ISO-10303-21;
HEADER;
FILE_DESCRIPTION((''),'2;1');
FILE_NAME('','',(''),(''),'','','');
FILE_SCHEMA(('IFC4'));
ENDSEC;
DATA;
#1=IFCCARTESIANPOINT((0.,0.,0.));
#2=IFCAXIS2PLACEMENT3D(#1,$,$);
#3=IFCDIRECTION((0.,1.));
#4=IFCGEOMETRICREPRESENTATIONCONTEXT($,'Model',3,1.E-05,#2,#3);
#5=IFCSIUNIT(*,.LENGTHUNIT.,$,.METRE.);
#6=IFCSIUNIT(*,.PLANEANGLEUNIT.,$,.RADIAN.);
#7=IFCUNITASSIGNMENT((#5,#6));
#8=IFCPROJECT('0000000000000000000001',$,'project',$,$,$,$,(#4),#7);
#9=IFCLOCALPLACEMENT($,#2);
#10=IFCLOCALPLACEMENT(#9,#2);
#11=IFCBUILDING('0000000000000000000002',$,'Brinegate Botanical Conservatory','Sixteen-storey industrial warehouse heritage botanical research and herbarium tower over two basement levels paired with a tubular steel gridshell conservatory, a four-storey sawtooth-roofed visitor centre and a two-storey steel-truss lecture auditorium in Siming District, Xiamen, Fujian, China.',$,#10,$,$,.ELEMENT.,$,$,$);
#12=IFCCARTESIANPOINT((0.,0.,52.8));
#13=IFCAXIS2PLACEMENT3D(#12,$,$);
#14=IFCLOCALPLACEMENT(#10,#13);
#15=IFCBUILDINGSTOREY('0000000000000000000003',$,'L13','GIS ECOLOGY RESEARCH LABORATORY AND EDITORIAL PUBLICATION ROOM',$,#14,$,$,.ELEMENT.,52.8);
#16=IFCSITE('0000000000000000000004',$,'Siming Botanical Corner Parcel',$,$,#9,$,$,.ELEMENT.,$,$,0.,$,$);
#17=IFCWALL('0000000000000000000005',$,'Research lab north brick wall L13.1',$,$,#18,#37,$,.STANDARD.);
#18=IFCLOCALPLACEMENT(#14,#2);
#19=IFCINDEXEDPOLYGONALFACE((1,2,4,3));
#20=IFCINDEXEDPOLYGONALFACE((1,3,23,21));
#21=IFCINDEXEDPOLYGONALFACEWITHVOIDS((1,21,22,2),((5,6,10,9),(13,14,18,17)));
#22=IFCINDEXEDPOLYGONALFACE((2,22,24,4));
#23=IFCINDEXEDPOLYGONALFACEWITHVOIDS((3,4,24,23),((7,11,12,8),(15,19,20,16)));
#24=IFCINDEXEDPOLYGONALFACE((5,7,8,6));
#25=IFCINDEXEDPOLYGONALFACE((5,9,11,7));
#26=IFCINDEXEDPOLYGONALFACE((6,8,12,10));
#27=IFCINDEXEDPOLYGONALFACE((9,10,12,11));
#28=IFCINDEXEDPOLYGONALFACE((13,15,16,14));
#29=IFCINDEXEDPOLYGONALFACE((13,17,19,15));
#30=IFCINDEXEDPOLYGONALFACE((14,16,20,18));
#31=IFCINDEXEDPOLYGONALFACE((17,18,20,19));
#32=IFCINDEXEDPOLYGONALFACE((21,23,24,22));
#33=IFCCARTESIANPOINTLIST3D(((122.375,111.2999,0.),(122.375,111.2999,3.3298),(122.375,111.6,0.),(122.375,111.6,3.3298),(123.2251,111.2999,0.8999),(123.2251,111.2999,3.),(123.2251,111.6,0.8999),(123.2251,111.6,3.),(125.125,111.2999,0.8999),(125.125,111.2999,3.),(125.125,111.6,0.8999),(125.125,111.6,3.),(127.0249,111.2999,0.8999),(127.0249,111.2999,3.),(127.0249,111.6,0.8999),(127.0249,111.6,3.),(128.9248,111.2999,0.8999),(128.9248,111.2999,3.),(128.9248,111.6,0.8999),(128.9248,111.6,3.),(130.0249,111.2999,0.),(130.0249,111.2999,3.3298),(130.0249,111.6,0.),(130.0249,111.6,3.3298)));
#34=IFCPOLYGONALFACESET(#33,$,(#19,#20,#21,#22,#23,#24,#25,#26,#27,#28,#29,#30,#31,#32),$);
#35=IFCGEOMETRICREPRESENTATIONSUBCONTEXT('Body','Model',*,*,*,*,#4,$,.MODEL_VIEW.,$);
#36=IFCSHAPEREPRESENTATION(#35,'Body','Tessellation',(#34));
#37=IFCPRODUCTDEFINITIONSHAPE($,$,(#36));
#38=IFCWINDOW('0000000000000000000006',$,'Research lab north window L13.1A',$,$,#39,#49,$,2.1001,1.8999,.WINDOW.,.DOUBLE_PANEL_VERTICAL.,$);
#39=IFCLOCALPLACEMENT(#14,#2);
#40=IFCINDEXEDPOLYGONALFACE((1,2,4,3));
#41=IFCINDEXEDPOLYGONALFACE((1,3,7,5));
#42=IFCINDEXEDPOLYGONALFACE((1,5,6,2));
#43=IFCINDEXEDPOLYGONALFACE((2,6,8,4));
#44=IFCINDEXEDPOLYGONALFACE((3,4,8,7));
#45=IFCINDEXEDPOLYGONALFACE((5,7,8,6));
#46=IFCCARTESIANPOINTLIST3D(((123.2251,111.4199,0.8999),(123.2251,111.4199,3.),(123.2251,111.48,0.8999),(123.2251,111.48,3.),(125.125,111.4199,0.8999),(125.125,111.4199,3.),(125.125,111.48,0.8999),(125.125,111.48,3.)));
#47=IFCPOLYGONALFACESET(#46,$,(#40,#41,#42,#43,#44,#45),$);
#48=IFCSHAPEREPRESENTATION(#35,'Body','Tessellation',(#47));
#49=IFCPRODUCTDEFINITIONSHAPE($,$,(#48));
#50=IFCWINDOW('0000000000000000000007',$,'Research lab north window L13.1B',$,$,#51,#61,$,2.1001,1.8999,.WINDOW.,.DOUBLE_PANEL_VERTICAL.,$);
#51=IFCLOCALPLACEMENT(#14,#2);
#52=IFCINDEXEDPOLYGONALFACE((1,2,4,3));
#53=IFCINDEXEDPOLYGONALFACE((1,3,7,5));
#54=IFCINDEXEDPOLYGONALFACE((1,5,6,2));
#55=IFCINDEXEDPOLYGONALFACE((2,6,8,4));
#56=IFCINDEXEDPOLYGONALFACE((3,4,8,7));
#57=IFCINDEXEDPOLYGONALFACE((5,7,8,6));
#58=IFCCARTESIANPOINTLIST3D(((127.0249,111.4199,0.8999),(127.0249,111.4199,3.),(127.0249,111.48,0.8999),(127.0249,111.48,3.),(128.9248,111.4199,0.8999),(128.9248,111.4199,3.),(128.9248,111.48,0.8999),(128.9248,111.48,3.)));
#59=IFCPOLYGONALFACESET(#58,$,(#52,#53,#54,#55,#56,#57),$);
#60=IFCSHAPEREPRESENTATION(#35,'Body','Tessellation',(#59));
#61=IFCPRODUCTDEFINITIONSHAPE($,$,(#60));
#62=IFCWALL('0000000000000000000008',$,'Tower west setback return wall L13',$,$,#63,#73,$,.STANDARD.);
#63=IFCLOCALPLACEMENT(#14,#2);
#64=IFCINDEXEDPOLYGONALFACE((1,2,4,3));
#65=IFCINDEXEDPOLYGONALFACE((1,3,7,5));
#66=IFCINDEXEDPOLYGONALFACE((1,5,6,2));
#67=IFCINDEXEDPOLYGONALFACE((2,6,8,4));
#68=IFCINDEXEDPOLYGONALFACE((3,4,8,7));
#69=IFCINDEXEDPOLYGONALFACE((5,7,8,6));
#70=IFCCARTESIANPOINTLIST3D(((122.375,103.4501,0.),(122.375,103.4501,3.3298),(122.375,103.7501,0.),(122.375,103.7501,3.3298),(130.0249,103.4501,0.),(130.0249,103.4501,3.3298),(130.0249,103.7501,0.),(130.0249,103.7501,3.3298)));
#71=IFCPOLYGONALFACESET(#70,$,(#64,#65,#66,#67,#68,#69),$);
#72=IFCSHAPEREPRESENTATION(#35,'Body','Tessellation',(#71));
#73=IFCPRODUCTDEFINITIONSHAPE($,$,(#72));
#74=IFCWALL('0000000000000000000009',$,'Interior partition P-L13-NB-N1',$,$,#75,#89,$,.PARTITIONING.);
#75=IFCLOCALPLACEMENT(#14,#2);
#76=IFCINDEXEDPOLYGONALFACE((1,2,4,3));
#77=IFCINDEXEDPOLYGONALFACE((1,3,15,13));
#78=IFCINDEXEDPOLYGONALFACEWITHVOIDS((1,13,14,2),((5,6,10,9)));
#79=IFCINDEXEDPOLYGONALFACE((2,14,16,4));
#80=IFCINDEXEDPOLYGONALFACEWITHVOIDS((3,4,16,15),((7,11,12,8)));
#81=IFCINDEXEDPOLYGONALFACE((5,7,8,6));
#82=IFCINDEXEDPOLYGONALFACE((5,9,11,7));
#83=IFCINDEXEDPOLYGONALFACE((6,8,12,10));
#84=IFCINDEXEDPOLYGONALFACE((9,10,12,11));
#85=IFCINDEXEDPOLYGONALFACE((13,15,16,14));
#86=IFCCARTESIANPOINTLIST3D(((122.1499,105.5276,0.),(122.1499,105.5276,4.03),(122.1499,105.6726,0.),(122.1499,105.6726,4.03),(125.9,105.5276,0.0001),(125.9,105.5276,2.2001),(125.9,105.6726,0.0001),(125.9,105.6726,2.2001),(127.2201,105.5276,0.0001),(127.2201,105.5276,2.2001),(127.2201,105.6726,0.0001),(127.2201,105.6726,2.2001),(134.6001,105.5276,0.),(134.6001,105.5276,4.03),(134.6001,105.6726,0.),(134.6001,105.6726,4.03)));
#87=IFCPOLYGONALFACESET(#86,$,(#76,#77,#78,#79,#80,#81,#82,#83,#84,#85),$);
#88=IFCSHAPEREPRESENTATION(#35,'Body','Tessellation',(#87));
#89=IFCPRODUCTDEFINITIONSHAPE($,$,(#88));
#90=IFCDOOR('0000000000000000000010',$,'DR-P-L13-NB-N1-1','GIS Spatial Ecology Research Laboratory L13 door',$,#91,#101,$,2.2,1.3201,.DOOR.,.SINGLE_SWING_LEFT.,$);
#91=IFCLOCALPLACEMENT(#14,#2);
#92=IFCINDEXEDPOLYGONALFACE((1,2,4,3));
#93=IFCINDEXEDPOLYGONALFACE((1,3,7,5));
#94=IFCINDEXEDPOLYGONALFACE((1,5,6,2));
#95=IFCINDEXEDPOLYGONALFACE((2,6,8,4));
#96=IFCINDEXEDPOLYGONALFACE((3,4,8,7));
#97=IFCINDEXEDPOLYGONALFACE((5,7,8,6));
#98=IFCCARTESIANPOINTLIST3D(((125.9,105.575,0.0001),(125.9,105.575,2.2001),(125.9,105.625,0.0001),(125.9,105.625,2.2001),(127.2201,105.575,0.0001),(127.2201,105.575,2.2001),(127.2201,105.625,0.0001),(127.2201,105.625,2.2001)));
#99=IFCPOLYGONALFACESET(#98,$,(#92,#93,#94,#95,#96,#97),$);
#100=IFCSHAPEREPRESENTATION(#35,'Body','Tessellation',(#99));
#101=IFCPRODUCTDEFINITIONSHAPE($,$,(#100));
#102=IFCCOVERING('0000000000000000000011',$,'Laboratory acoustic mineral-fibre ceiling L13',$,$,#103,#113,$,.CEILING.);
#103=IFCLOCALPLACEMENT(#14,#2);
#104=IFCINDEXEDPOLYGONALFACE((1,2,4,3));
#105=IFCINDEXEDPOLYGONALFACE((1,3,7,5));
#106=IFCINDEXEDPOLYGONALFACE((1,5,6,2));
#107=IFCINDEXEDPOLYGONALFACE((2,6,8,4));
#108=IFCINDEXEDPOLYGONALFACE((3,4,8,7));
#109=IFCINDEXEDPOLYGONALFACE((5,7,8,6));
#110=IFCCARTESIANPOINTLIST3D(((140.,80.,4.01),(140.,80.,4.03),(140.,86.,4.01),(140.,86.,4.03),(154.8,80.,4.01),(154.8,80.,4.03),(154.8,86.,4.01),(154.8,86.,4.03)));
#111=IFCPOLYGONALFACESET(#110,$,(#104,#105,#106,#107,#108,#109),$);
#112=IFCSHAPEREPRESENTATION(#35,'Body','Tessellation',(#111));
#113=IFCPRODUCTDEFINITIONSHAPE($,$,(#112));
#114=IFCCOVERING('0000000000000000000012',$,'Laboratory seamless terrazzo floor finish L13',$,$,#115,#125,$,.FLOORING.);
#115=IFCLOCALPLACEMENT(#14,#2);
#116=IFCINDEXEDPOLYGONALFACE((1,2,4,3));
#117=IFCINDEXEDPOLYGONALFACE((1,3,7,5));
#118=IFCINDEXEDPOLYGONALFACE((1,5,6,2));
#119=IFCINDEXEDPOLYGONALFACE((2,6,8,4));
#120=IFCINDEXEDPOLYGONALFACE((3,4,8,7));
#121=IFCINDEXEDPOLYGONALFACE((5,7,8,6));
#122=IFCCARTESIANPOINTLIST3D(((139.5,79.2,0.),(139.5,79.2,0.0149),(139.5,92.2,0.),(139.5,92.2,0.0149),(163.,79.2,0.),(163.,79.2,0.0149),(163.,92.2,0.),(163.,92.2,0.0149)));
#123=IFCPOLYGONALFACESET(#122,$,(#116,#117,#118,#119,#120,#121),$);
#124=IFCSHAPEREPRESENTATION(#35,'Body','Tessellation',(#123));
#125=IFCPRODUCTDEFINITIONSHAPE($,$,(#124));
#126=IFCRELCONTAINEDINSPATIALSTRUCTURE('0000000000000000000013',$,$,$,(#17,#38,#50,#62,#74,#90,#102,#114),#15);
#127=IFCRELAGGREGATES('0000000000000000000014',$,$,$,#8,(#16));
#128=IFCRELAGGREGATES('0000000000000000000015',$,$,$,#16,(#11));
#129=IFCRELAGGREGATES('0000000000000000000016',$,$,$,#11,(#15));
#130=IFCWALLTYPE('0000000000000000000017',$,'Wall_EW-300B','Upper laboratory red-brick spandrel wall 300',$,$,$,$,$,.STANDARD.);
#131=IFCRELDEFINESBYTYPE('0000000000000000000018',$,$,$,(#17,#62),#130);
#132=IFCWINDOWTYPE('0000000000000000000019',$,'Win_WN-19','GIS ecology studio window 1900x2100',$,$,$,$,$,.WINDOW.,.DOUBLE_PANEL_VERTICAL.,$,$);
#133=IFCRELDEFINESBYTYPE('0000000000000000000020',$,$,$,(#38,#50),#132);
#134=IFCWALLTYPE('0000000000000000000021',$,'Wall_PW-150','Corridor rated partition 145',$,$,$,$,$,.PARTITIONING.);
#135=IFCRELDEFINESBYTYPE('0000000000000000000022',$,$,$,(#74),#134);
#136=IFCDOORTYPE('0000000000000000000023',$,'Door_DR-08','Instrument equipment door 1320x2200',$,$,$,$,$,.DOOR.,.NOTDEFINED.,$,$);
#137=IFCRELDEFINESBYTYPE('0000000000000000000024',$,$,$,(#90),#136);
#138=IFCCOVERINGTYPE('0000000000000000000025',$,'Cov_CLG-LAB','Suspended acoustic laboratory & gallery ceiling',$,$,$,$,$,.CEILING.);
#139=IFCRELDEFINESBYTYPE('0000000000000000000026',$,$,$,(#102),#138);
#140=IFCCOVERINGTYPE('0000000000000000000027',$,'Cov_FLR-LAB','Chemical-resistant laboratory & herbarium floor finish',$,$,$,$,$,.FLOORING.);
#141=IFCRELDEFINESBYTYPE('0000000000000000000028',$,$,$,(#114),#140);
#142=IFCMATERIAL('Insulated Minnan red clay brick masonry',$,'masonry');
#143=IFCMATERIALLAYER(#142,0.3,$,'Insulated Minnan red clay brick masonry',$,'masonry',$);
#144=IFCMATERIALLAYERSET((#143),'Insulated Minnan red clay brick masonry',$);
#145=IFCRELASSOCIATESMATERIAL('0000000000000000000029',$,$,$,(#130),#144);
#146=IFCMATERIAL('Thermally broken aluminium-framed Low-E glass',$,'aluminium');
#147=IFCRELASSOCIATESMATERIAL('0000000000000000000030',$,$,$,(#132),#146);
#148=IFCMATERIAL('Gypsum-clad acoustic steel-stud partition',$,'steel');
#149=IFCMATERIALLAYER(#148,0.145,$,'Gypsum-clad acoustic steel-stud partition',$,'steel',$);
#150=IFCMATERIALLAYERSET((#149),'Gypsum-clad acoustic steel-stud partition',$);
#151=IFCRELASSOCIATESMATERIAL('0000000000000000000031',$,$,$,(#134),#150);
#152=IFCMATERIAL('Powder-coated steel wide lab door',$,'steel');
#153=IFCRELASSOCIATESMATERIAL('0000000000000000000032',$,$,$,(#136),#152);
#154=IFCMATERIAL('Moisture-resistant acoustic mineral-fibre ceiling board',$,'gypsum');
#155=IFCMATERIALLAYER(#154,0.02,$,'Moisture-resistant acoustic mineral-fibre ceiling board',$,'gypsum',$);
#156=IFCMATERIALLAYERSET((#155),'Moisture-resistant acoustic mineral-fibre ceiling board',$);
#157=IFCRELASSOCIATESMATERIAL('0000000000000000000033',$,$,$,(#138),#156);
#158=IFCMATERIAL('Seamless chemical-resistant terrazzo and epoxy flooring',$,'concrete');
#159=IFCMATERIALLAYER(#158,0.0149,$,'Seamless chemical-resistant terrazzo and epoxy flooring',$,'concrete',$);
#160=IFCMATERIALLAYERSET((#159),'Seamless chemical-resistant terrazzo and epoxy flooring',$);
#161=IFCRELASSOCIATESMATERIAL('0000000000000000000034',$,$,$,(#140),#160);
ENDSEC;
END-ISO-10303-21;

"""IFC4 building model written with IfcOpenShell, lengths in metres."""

from ifc_helpers import new_model, si_unit, direction, frame, frame_2d, origin, place, context, subcontext, project, spatial, polyline, rectangle, outline, extrude, material, layer, layer_set, type_object, element, fill, save


model = new_model("IFC4")

# Units and contexts
model_context = context("Model", 3, precision=1e-05, world=origin(), true_north=direction((0.0, 1.0)))
body_context = subcontext(model_context, "Body", "Model", "MODEL_VIEW")
ifc_project = project(units=[si_unit("LENGTHUNIT", "METRE"), si_unit("PLANEANGLEUNIT", "RADIAN")], contexts=[model_context])

# Site, building, storey
site_placement = place(None, origin())
site = spatial("IfcSite", under=ifc_project, at=site_placement, Name="Siming Botanical Corner Parcel", CompositionType="ELEMENT", RefElevation=0.0)
building_placement = place(site_placement, origin())
building = spatial("IfcBuilding", under=site, at=building_placement, Name="Brinegate Botanical Conservatory", Description="Sixteen-storey industrial warehouse heritage botanical research and herbarium tower over two basement levels paired with a tubular steel gridshell conservatory, a four-storey sawtooth-roofed visitor centre and a two-storey steel-truss lecture auditorium in Siming District, Xiamen, Fujian, China.", CompositionType="ELEMENT")
storey_placement = place(building_placement, frame((0.0, 0.0, 52.8)))
storey = spatial("IfcBuildingStorey", under=building, at=storey_placement, Name="L13", Description="GIS ECOLOGY RESEARCH LABORATORY AND EDITORIAL PUBLICATION ROOM", CompositionType="ELEMENT", Elevation=52.8)

# Wall, openings, windows
ifc_material_1 = material(Name="Insulated Minnan red clay brick masonry", Category="masonry")
ifc_layer_1 = layer(ifc_material_1, 0.3, Name="Insulated Minnan red clay brick masonry", Category="masonry")
ifc_layer_set_1 = layer_set([ifc_layer_1], Name="Insulated Minnan red clay brick masonry")
wall_type_1 = type_object("IfcWallType", Name="Wall_EW-300B", Description="Upper laboratory red-brick spandrel wall 300", PredefinedType="STANDARD", material=ifc_layer_set_1)
wall_1_placement = place(storey_placement, frame((122.375, 111.45, 0.0), z_axis=(0.0, 0.0, 1.0), x_axis=(1.0, 0.0, 0.0)))
wall_1 = element("IfcWall", 1, at=wall_1_placement, inside=storey, type_object=wall_type_1, Name="Research lab north brick wall L13.1", PredefinedType="STANDARD", context=body_context, shape_type="SweptSolid", body=[
    extrude(rectangle(XDim=7.6499, YDim=0.3, at=frame_2d((3.825, 0.0))), origin(), (0.0, 0.0, 1.0), 3.3298),
])
opening_1_placement = place(wall_1_placement, frame((0.8501, 0.0, 0.8999)))
opening_1 = element("IfcOpeningElement", 2, at=opening_1_placement, cuts=wall_1, PredefinedType="OPENING", context=body_context, shape_type="SweptSolid", body=[
    extrude(rectangle(XDim=1.8999, YDim=2.1001, at=frame_2d((0.95, 1.05))), frame((0.0, 0.1599, 0.0), z_axis=(0.0, -1.0, 0.0), x_axis=(1.0, 0.0, 0.0)), (0.0, 0.0, 1.0), 0.3201),
])
opening_2_placement = place(wall_1_placement, frame((4.6499, 0.0, 0.8999)))
opening_2 = element("IfcOpeningElement", 3, at=opening_2_placement, cuts=wall_1, PredefinedType="OPENING", context=body_context, shape_type="SweptSolid", body=[
    extrude(rectangle(XDim=1.8999, YDim=2.1001, at=frame_2d((0.95, 1.05))), frame((0.0, 0.1599, 0.0), z_axis=(0.0, -1.0, 0.0), x_axis=(1.0, 0.0, 0.0)), (0.0, 0.0, 1.0), 0.3201),
])
ifc_material_2 = material(Name="Thermally broken aluminium-framed Low-E glass", Category="aluminium")
window_type = type_object("IfcWindowType", Name="Win_WN-19", Description="GIS ecology studio window 1900x2100", PartitioningType="DOUBLE_PANEL_VERTICAL", PredefinedType="WINDOW", material=ifc_material_2)
window_1_placement = place(opening_1_placement, origin())
window_1 = element("IfcWindow", 4, at=window_1_placement, inside=storey, type_object=window_type, Name="Research lab north window L13.1A", OverallHeight=2.1001, OverallWidth=1.8999, PartitioningType="DOUBLE_PANEL_VERTICAL", PredefinedType="WINDOW", context=body_context, shape_type="SweptSolid", body=[
    extrude(rectangle(XDim=1.8999, YDim=2.1001, at=frame_2d((0.95, 1.05))), frame((0.0, 0.03, 0.0), z_axis=(0.0, -1.0, 0.0), x_axis=(1.0, 0.0, 0.0)), (0.0, 0.0, 1.0), 0.0601),
])
fill(opening_1, window_1)
window_2_placement = place(opening_2_placement, origin())
window_2 = element("IfcWindow", 5, at=window_2_placement, inside=storey, type_object=window_type, Name="Research lab north window L13.1B", OverallHeight=2.1001, OverallWidth=1.8999, PartitioningType="DOUBLE_PANEL_VERTICAL", PredefinedType="WINDOW", context=body_context, shape_type="SweptSolid", body=[
    extrude(rectangle(XDim=1.8999, YDim=2.1001, at=frame_2d((0.95, 1.05))), frame((0.0, 0.03, 0.0), z_axis=(0.0, -1.0, 0.0), x_axis=(1.0, 0.0, 0.0)), (0.0, 0.0, 1.0), 0.0601),
])
fill(opening_2, window_2)

# Wall
wall_2_placement = place(storey_placement, frame((130.0249, 103.6001, 0.0), z_axis=(0.0, 0.0, 1.0), x_axis=(-1.0, 0.0, 0.0)))
element("IfcWall", 6, at=wall_2_placement, inside=storey, type_object=wall_type_1, Name="Tower west setback return wall L13", PredefinedType="STANDARD", context=body_context, shape_type="SweptSolid", body=[
    extrude(rectangle(XDim=7.6499, YDim=0.3, at=frame_2d((3.825, 0.0))), origin(), (0.0, 0.0, 1.0), 3.3298),
])

# Wall, opening, door
ifc_material_3 = material(Name="Gypsum-clad acoustic steel-stud partition", Category="steel")
ifc_layer_2 = layer(ifc_material_3, 0.145, Name="Gypsum-clad acoustic steel-stud partition", Category="steel")
ifc_layer_set_2 = layer_set([ifc_layer_2], Name="Gypsum-clad acoustic steel-stud partition")
wall_type_2 = type_object("IfcWallType", Name="Wall_PW-150", Description="Corridor rated partition 145", PredefinedType="PARTITIONING", material=ifc_layer_set_2)
wall_3_placement = place(storey_placement, frame((122.1499, 105.6001, 0.0), z_axis=(0.0, 0.0, 1.0), x_axis=(1.0, 0.0, 0.0)))
wall_3 = element("IfcWall", 7, at=wall_3_placement, inside=storey, type_object=wall_type_2, Name="Interior partition P-L13-NB-N1", PredefinedType="PARTITIONING", context=body_context, shape_type="SweptSolid", body=[
    extrude(rectangle(XDim=12.4502, YDim=0.145, at=frame_2d((6.2251, 0.0))), origin(), (0.0, 0.0, 1.0), 4.03),
])
opening_3_placement = place(wall_3_placement, frame((3.75, 0.0, 0.0)))
opening_3 = element("IfcOpeningElement", 8, at=opening_3_placement, cuts=wall_3, PredefinedType="OPENING", context=body_context, shape_type="SweptSolid", body=[
    extrude(rectangle(XDim=1.3201, YDim=2.2, at=frame_2d((0.6602, 1.1001))), frame((0.0, 0.0825, 0.0), z_axis=(0.0, -1.0, 0.0), x_axis=(1.0, 0.0, 0.0)), (0.0, 0.0, 1.0), 0.165),
])
ifc_material_4 = material(Name="Powder-coated steel wide lab door", Category="steel")
door_type = type_object("IfcDoorType", Name="Door_DR-08", Description="Instrument equipment door 1320x2200", OperationType="NOTDEFINED", PredefinedType="DOOR", material=ifc_material_4)
door_placement = place(opening_3_placement, origin())
door = element("IfcDoor", 9, at=door_placement, inside=storey, type_object=door_type, Name="DR-P-L13-NB-N1-1", Description="GIS Spatial Ecology Research Laboratory L13 door", OperationType="SINGLE_SWING_LEFT", OverallHeight=2.2, OverallWidth=1.3201, PredefinedType="DOOR", context=body_context, shape_type="SweptSolid", body=[
    extrude(rectangle(XDim=1.3201, YDim=2.2, at=frame_2d((0.6602, 1.1001))), frame((0.0, 0.0249, 0.0), z_axis=(0.0, -1.0, 0.0), x_axis=(1.0, 0.0, 0.0)), (0.0, 0.0, 1.0), 0.05),
])
fill(opening_3, door)

# Coverings
ifc_material_5 = material(Name="Moisture-resistant acoustic mineral-fibre ceiling board", Category="gypsum")
ifc_layer_3 = layer(ifc_material_5, 0.02, Name="Moisture-resistant acoustic mineral-fibre ceiling board", Category="gypsum")
ifc_layer_set_3 = layer_set([ifc_layer_3], Name="Moisture-resistant acoustic mineral-fibre ceiling board")
covering_type_1 = type_object("IfcCoveringType", Name="Cov_CLG-LAB", Description="Suspended acoustic laboratory & gallery ceiling", PredefinedType="CEILING", material=ifc_layer_set_3)
covering_1_placement = place(storey_placement, frame((0.0, 0.0, 4.01)))
element("IfcCovering", 10, at=covering_1_placement, inside=storey, type_object=covering_type_1, Name="Laboratory acoustic mineral-fibre ceiling L13", PredefinedType="CEILING", context=body_context, shape_type="SweptSolid", body=[
    extrude(outline(polyline([(140.0, 80.0), (154.8, 80.0), (154.8, 86.0), (140.0, 86.0), (140.0, 80.0)])), origin(), (0.0, 0.0, 1.0), 0.02),
])
ifc_material_6 = material(Name="Seamless chemical-resistant terrazzo and epoxy flooring", Category="concrete")
ifc_layer_4 = layer(ifc_material_6, 0.0149, Name="Seamless chemical-resistant terrazzo and epoxy flooring", Category="concrete")
ifc_layer_set_4 = layer_set([ifc_layer_4], Name="Seamless chemical-resistant terrazzo and epoxy flooring")
covering_type_2 = type_object("IfcCoveringType", Name="Cov_FLR-LAB", Description="Chemical-resistant laboratory & herbarium floor finish", PredefinedType="FLOORING", material=ifc_layer_set_4)
covering_2_placement = place(storey_placement, origin())
element("IfcCovering", 11, at=covering_2_placement, inside=storey, type_object=covering_type_2, Name="Laboratory seamless terrazzo floor finish L13", PredefinedType="FLOORING", context=body_context, shape_type="SweptSolid", body=[
    extrude(outline(polyline([(139.5, 79.2), (163.0, 79.2), (163.0, 92.2), (139.5, 92.2), (139.5, 79.2)])), origin(), (0.0, 0.0, 1.0), 0.0149),
])

save(model, "model.ifc")
